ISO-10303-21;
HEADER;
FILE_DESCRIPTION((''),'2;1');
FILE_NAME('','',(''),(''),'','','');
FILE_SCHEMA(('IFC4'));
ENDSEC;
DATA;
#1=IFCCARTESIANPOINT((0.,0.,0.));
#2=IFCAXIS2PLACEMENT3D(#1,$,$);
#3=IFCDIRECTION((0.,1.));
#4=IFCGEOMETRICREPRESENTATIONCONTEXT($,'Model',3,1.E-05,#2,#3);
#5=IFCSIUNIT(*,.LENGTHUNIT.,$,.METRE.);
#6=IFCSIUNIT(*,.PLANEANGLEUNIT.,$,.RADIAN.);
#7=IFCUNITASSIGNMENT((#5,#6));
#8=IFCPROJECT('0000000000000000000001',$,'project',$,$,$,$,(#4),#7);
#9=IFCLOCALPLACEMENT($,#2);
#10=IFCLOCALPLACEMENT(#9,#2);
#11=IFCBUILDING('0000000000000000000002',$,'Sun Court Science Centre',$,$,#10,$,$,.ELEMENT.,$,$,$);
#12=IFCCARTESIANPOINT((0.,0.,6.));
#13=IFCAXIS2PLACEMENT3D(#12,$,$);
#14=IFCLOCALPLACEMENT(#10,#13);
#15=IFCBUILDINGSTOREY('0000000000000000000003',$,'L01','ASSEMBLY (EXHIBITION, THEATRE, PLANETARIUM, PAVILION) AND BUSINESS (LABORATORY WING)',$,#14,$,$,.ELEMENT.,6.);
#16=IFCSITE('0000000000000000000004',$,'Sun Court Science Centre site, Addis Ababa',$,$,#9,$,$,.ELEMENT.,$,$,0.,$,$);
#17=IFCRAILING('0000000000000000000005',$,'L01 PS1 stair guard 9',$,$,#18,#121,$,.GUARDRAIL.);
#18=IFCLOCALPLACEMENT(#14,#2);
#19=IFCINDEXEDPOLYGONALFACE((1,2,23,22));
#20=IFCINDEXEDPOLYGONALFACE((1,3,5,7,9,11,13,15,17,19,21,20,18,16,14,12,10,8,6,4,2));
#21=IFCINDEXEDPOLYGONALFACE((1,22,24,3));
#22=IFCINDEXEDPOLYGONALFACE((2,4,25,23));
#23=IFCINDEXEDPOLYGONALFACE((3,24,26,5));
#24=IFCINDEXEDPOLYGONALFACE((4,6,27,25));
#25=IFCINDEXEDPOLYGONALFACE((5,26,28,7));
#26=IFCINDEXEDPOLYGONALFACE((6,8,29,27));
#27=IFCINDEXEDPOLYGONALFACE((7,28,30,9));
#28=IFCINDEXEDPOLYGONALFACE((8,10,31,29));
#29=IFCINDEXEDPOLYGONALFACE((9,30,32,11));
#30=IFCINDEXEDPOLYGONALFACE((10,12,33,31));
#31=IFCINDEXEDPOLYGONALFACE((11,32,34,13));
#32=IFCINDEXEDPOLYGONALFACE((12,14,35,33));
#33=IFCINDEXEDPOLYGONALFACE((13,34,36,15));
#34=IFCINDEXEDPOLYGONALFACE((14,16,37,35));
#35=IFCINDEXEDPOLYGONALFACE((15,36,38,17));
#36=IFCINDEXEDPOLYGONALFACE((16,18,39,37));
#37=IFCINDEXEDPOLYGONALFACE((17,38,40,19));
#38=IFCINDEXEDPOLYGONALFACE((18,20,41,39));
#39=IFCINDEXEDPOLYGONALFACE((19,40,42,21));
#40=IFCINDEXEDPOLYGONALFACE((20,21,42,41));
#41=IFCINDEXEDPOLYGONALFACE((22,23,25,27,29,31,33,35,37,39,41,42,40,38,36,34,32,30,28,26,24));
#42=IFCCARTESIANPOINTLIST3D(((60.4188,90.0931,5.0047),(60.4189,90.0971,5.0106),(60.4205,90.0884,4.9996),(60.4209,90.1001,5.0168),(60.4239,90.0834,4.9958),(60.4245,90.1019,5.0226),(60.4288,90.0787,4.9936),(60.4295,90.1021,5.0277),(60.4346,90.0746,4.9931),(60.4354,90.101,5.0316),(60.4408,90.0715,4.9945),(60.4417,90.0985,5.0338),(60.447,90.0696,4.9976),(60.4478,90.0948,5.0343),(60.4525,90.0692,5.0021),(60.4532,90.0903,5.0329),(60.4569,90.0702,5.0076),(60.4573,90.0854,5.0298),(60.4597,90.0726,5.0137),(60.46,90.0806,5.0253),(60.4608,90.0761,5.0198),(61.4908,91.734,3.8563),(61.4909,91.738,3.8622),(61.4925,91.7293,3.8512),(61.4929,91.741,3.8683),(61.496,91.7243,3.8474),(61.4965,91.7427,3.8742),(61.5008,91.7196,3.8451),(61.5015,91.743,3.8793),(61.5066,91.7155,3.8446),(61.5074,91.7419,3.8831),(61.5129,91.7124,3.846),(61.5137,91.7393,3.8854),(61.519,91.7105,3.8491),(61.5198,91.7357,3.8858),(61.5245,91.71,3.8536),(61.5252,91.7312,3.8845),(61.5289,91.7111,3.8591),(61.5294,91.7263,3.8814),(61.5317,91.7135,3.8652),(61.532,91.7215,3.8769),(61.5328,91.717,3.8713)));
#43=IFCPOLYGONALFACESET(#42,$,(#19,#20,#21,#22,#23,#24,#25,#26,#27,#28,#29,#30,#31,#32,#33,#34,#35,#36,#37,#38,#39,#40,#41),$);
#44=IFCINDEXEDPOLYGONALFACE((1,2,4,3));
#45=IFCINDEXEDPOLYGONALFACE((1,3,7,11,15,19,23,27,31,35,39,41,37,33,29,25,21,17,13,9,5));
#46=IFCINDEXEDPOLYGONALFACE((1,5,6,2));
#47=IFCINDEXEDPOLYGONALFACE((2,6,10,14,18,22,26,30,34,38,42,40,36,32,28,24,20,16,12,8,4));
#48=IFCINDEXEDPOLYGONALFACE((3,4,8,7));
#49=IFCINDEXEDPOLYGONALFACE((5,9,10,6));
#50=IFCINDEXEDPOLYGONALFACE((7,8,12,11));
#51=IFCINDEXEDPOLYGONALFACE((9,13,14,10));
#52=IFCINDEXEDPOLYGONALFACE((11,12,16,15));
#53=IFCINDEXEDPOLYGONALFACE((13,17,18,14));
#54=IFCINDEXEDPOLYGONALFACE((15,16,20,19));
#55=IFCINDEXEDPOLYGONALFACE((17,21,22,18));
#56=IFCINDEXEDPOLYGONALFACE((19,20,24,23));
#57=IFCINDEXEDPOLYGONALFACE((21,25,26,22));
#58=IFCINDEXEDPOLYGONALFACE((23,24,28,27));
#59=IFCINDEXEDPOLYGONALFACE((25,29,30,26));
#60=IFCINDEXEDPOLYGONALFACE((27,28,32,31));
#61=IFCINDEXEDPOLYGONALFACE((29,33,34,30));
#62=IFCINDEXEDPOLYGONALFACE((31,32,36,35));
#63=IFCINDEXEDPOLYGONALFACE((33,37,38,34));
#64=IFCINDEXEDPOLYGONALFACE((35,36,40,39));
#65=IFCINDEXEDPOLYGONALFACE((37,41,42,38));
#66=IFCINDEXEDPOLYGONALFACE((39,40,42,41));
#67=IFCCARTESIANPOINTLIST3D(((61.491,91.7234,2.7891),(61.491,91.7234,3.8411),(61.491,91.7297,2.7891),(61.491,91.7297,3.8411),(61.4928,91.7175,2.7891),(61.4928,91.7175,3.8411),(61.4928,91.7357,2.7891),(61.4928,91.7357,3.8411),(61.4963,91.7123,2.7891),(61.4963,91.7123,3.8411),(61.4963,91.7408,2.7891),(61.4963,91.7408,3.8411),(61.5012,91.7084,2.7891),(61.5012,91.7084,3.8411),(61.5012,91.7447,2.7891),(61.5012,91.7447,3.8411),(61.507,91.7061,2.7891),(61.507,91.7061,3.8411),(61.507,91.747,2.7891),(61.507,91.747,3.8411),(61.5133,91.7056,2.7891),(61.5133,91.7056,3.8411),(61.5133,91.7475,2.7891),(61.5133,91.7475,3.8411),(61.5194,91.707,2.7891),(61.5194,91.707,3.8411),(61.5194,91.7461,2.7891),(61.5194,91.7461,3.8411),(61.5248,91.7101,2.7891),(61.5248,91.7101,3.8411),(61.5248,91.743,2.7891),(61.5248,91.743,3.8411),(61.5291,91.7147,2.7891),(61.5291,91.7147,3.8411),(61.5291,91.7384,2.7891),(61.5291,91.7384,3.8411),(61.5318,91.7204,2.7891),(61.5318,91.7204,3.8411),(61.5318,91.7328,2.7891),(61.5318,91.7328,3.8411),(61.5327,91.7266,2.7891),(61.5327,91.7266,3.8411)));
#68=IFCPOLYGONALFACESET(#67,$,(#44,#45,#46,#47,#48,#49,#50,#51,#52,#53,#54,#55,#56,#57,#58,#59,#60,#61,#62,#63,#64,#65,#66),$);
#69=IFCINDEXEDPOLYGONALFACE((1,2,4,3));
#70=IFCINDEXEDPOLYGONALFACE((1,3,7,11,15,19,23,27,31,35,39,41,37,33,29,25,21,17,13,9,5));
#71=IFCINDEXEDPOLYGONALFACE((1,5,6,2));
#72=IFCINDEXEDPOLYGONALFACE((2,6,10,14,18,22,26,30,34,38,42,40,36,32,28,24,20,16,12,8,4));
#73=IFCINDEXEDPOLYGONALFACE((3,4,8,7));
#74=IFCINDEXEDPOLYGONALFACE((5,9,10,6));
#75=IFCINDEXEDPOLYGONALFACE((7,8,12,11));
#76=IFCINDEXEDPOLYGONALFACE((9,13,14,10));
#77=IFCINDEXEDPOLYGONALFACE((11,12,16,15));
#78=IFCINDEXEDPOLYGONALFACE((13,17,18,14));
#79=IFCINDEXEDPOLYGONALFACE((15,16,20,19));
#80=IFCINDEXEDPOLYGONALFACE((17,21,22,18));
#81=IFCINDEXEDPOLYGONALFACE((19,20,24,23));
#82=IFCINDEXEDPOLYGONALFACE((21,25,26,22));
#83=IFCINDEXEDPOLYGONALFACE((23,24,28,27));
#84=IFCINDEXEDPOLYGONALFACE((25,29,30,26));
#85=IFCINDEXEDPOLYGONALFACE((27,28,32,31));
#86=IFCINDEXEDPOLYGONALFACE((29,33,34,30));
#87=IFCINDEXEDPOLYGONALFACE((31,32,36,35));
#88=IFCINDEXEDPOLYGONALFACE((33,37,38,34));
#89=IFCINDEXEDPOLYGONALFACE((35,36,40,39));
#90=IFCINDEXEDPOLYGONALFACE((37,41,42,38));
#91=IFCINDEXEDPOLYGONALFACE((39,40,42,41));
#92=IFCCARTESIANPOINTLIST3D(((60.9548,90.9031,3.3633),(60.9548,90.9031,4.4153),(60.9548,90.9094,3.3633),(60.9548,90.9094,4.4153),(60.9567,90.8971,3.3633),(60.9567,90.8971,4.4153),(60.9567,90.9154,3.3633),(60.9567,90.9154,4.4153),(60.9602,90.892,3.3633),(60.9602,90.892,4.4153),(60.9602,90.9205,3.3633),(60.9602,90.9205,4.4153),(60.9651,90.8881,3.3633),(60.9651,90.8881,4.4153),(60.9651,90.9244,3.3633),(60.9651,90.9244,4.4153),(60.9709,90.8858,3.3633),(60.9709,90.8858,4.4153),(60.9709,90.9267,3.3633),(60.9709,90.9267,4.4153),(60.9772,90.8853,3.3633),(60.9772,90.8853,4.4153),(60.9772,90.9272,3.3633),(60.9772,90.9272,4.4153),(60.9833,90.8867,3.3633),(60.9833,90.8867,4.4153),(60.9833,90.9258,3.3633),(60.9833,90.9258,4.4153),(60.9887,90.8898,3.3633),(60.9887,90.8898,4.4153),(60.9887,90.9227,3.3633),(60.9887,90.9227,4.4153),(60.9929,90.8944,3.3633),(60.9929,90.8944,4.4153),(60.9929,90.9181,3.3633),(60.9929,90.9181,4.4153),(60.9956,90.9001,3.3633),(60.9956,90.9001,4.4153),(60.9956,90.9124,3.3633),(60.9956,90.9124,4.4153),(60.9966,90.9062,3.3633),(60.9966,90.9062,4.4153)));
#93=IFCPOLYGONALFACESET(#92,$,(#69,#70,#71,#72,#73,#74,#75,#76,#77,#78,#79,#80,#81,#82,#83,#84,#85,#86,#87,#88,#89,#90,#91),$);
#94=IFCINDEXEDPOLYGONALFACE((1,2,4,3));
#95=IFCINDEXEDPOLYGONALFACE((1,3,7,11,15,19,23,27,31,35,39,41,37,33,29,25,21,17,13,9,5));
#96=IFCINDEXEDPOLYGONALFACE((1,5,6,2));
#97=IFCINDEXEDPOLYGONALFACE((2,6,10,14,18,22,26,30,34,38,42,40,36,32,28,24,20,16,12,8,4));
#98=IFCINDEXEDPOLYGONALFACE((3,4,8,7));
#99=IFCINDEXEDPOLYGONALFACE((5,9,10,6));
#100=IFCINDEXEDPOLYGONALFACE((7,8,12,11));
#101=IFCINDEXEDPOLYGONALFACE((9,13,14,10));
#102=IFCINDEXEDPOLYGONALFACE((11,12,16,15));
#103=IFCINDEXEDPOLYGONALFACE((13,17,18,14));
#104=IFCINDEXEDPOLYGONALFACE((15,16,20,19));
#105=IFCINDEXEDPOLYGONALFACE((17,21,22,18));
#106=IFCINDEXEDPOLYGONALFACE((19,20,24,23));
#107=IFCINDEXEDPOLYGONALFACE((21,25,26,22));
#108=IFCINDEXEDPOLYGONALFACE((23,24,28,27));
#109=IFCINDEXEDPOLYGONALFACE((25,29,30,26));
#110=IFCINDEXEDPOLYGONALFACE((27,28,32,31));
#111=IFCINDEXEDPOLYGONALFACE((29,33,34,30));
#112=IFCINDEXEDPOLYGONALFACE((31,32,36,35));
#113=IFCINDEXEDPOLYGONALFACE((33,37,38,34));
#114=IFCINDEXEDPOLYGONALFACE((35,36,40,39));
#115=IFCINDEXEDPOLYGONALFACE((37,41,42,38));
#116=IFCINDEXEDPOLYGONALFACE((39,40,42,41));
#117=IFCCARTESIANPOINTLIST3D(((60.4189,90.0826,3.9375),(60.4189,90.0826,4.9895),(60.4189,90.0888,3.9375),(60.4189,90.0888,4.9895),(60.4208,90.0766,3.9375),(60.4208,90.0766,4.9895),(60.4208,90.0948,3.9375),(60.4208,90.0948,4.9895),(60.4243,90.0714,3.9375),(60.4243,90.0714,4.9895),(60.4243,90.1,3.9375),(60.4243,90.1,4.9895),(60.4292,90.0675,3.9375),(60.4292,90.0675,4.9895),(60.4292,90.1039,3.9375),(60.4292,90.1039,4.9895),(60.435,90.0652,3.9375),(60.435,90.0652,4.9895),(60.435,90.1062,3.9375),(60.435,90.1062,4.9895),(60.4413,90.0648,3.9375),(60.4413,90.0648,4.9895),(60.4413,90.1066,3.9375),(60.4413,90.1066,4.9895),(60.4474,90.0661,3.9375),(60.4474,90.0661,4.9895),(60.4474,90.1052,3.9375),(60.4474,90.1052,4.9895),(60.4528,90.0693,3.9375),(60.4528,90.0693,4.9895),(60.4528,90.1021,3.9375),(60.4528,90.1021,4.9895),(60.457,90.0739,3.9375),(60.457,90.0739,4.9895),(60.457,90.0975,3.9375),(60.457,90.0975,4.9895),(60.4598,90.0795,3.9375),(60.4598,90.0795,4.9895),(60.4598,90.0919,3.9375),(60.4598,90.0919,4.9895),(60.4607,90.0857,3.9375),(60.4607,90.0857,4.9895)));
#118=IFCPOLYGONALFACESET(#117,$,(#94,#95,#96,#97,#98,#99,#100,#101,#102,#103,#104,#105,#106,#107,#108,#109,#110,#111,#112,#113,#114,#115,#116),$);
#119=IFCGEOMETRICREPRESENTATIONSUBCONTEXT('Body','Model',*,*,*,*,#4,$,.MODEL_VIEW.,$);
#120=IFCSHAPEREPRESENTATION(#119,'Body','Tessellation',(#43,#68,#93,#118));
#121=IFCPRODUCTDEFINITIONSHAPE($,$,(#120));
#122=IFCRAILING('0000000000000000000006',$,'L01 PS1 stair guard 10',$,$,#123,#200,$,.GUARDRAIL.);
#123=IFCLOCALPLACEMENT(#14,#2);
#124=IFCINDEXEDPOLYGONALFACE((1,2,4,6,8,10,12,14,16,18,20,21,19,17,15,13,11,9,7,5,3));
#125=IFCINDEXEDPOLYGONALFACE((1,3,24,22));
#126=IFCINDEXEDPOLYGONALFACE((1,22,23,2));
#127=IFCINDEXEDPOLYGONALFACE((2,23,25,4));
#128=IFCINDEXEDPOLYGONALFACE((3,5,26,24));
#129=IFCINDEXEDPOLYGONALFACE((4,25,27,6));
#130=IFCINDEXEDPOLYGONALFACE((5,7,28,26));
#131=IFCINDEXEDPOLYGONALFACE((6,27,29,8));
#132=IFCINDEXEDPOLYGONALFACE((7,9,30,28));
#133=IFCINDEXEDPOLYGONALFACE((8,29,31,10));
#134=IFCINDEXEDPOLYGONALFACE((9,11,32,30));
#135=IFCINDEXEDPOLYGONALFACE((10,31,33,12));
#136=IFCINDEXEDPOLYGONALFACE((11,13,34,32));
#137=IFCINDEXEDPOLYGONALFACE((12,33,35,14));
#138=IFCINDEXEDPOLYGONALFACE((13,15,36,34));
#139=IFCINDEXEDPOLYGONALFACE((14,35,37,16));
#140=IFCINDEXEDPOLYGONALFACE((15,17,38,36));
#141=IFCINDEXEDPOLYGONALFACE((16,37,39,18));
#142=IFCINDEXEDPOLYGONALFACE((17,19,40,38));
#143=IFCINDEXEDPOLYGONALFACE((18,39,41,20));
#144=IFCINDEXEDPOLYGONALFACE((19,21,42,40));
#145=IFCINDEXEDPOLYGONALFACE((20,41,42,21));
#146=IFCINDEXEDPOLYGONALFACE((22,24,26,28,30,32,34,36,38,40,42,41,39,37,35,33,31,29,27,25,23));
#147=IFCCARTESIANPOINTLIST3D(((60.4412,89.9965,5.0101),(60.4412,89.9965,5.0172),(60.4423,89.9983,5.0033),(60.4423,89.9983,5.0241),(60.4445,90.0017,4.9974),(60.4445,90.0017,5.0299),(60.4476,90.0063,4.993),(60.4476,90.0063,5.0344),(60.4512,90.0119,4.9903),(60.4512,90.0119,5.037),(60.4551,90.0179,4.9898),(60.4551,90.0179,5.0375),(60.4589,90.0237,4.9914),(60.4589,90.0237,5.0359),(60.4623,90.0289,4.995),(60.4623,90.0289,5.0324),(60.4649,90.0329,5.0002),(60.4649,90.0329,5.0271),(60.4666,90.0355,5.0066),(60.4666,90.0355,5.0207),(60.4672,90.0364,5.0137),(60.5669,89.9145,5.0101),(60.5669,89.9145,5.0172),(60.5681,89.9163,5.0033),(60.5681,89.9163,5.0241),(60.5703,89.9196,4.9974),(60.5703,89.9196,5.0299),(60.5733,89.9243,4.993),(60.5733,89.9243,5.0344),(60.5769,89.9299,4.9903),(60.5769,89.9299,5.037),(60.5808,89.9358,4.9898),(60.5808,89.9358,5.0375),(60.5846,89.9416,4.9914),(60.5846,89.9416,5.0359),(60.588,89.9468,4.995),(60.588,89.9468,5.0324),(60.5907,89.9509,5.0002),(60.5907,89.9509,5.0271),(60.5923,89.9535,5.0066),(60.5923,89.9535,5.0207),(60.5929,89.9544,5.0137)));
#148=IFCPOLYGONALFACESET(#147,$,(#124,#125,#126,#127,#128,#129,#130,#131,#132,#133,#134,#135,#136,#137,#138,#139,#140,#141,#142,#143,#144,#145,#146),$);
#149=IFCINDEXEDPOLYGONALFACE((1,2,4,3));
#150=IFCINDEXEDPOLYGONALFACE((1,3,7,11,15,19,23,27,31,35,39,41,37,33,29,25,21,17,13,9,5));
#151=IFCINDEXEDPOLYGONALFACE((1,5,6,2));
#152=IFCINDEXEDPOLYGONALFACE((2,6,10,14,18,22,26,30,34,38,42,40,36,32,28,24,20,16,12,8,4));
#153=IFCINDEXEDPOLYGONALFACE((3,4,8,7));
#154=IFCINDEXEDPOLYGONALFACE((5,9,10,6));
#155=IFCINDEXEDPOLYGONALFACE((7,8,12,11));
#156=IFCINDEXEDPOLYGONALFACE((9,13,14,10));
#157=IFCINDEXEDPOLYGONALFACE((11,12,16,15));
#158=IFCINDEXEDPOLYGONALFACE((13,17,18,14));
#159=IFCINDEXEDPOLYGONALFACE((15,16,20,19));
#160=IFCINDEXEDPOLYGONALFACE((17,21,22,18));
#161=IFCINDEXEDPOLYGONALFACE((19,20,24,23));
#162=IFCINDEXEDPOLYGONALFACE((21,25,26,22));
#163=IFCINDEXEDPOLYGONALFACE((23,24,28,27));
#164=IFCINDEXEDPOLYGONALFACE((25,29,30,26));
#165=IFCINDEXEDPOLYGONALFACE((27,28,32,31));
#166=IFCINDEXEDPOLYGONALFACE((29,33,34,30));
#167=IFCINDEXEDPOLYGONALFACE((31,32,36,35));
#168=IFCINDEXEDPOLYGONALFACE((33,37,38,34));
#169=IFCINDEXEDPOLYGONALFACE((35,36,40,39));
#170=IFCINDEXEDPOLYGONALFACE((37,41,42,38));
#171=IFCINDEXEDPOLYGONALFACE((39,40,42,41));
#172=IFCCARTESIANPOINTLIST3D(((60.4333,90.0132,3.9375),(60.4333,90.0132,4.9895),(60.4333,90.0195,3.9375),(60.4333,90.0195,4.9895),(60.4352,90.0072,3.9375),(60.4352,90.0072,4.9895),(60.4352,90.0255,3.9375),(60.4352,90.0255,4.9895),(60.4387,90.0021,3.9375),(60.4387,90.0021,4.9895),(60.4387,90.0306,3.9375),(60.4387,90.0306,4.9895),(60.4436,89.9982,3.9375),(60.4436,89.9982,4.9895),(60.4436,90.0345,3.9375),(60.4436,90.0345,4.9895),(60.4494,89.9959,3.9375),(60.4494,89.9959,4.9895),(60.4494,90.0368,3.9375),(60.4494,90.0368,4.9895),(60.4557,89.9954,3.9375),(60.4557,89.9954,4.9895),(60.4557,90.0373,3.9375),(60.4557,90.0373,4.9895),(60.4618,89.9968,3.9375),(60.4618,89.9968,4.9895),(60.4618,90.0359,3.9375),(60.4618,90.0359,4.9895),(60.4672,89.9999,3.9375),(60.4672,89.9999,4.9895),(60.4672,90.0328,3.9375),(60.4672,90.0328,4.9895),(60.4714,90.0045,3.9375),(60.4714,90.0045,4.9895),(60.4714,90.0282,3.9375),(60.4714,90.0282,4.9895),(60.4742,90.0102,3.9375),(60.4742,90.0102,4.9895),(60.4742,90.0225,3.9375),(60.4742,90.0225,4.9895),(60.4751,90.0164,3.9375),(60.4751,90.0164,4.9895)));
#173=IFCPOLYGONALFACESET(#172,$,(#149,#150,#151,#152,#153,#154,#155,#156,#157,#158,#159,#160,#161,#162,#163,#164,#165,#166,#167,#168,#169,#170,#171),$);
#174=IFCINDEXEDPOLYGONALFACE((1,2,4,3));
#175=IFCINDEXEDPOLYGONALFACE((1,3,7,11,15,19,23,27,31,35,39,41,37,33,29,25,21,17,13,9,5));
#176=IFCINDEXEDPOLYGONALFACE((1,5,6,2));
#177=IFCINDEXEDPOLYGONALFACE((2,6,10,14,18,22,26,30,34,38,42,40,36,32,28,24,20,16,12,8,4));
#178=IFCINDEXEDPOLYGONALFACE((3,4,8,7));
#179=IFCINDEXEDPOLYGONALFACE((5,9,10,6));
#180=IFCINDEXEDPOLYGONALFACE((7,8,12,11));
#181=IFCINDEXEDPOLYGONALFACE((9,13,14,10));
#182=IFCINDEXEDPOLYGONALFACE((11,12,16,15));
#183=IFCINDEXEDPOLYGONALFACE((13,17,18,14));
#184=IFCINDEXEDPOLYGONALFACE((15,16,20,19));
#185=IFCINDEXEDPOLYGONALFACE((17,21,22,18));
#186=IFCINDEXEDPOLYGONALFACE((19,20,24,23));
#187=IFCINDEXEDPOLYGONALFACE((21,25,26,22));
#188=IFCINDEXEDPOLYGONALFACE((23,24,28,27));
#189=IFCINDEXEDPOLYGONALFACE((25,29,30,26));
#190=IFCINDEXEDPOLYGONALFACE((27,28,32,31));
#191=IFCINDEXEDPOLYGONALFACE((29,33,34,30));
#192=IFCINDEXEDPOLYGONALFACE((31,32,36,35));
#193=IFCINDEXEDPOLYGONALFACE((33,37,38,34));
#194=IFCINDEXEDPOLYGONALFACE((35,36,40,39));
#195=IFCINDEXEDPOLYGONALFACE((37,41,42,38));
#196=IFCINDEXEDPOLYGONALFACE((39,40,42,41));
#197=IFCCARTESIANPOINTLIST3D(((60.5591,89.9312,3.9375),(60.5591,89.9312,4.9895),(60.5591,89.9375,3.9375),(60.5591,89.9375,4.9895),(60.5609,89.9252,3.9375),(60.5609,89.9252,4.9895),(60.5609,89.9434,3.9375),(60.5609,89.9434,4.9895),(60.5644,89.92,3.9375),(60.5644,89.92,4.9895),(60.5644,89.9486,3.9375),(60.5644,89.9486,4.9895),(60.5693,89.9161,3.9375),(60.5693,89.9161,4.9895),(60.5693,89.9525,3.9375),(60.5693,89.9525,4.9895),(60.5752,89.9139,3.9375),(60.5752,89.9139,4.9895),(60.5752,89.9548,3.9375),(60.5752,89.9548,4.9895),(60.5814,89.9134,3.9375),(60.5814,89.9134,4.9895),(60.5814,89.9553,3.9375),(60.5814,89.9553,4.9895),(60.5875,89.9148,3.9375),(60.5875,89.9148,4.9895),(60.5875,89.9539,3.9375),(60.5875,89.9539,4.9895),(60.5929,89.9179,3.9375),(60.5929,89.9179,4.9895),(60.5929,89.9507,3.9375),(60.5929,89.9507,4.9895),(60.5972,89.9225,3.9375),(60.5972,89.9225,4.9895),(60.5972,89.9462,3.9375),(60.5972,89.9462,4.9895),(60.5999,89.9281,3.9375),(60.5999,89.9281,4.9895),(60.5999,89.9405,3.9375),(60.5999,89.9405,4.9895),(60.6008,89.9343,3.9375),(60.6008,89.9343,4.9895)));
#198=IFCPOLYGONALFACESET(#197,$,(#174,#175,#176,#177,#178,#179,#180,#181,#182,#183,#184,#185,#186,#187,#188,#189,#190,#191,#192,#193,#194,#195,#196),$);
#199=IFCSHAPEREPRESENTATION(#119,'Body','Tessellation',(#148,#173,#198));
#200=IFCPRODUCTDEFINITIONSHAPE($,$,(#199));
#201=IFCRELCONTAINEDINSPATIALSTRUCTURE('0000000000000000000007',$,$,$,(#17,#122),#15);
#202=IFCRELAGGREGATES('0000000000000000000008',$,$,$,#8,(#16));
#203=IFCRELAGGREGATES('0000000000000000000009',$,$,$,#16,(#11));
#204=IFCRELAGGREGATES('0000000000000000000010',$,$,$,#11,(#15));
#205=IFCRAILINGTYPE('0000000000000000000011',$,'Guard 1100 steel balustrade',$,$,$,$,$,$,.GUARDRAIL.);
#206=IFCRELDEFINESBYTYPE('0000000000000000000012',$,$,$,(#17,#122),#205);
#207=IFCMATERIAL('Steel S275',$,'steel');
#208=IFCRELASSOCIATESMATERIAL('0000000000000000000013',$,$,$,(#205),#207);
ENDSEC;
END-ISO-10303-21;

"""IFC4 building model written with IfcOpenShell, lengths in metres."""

from ifc_helpers import new_model, si_unit, direction, frame, origin, origin_2d, place, context, subcontext, project, spatial, circle, extrude, material, type_object, element, save


model = new_model("IFC4")

# Units and contexts
model_context = context("Model", 3, precision=1e-05, world=origin(), true_north=direction((0.0, 1.0)))
body_context = subcontext(model_context, "Body", "Model", "MODEL_VIEW")
ifc_project = project(units=[si_unit("LENGTHUNIT", "METRE"), si_unit("PLANEANGLEUNIT", "RADIAN")], contexts=[model_context])

# Site, building, storey
site_placement = place(None, origin())
site = spatial("IfcSite", under=ifc_project, at=site_placement, Name="Sun Court Science Centre site, Addis Ababa", CompositionType="ELEMENT", RefElevation=0.0)
building_placement = place(site_placement, origin())
building = spatial("IfcBuilding", under=site, at=building_placement, Name="Sun Court Science Centre", CompositionType="ELEMENT")
storey_placement = place(building_placement, frame((0.0, 0.0, 6.0)))
storey = spatial("IfcBuildingStorey", under=building, at=storey_placement, Name="L01", Description="ASSEMBLY (EXHIBITION, THEATRE, PLANETARIUM, PAVILION) AND BUSINESS (LABORATORY WING)", CompositionType="ELEMENT", Elevation=6.0)

# Railings
ifc_material_1 = material(Name="Steel S275", Category="steel")
railing_type_1 = type_object("IfcRailingType", Name="Guard 1100 steel balustrade", PredefinedType="GUARDRAIL", material=ifc_material_1)
railing_1_placement = place(storey_placement, frame((61.5117, 91.7266, 2.7891)))
element("IfcRailing", 1, at=railing_1_placement, inside=storey, type_object=railing_type_1, Name="L01 PS1 stair guard 9", PredefinedType="GUARDRAIL", context=body_context, shape_type="SweptSolid", body=[
    extrude(circle(Radius=0.0239, at=origin_2d()), frame((0.0, 0.0, 1.0762), z_axis=(-0.471904, -0.722311, 0.505543), x_axis=(0.837169, -0.546944, 0.0)), (0.0, 0.0, 1.0), 2.2717),
    extrude(circle(Radius=0.021, at=origin_2d()), origin(), (0.0, 0.0, 1.0), 1.052),
    extrude(circle(Radius=0.021, at=origin_2d()), frame((-0.5361, -0.8203, 0.5742)), (0.0, 0.0, 1.0), 1.052),
    extrude(circle(Radius=0.021, at=origin_2d()), frame((-1.072, -1.6409, 1.1484)), (0.0, 0.0, 1.0), 1.052),
])
railing_2_placement = place(storey_placement, frame((60.4541, 90.0164, 3.9375)))
element("IfcRailing", 2, at=railing_2_placement, inside=storey, type_object=railing_type_1, Name="L01 PS1 stair guard 10", PredefinedType="GUARDRAIL", context=body_context, shape_type="SweptSolid", body=[
    extrude(circle(Radius=0.0239, at=origin_2d()), frame((0.0, 0.0, 1.0762), z_axis=(0.837514, -0.546417, 0.0), x_axis=(0.546417, 0.837514, 0.0)), (0.0, 0.0, 1.0), 0.1501),
    extrude(circle(Radius=0.021, at=origin_2d()), origin(), (0.0, 0.0, 1.0), 1.052),
    extrude(circle(Radius=0.021, at=origin_2d()), frame((0.1257, -0.082, 0.0)), (0.0, 0.0, 1.0), 1.052),
])

save(model, "model.ifc")
